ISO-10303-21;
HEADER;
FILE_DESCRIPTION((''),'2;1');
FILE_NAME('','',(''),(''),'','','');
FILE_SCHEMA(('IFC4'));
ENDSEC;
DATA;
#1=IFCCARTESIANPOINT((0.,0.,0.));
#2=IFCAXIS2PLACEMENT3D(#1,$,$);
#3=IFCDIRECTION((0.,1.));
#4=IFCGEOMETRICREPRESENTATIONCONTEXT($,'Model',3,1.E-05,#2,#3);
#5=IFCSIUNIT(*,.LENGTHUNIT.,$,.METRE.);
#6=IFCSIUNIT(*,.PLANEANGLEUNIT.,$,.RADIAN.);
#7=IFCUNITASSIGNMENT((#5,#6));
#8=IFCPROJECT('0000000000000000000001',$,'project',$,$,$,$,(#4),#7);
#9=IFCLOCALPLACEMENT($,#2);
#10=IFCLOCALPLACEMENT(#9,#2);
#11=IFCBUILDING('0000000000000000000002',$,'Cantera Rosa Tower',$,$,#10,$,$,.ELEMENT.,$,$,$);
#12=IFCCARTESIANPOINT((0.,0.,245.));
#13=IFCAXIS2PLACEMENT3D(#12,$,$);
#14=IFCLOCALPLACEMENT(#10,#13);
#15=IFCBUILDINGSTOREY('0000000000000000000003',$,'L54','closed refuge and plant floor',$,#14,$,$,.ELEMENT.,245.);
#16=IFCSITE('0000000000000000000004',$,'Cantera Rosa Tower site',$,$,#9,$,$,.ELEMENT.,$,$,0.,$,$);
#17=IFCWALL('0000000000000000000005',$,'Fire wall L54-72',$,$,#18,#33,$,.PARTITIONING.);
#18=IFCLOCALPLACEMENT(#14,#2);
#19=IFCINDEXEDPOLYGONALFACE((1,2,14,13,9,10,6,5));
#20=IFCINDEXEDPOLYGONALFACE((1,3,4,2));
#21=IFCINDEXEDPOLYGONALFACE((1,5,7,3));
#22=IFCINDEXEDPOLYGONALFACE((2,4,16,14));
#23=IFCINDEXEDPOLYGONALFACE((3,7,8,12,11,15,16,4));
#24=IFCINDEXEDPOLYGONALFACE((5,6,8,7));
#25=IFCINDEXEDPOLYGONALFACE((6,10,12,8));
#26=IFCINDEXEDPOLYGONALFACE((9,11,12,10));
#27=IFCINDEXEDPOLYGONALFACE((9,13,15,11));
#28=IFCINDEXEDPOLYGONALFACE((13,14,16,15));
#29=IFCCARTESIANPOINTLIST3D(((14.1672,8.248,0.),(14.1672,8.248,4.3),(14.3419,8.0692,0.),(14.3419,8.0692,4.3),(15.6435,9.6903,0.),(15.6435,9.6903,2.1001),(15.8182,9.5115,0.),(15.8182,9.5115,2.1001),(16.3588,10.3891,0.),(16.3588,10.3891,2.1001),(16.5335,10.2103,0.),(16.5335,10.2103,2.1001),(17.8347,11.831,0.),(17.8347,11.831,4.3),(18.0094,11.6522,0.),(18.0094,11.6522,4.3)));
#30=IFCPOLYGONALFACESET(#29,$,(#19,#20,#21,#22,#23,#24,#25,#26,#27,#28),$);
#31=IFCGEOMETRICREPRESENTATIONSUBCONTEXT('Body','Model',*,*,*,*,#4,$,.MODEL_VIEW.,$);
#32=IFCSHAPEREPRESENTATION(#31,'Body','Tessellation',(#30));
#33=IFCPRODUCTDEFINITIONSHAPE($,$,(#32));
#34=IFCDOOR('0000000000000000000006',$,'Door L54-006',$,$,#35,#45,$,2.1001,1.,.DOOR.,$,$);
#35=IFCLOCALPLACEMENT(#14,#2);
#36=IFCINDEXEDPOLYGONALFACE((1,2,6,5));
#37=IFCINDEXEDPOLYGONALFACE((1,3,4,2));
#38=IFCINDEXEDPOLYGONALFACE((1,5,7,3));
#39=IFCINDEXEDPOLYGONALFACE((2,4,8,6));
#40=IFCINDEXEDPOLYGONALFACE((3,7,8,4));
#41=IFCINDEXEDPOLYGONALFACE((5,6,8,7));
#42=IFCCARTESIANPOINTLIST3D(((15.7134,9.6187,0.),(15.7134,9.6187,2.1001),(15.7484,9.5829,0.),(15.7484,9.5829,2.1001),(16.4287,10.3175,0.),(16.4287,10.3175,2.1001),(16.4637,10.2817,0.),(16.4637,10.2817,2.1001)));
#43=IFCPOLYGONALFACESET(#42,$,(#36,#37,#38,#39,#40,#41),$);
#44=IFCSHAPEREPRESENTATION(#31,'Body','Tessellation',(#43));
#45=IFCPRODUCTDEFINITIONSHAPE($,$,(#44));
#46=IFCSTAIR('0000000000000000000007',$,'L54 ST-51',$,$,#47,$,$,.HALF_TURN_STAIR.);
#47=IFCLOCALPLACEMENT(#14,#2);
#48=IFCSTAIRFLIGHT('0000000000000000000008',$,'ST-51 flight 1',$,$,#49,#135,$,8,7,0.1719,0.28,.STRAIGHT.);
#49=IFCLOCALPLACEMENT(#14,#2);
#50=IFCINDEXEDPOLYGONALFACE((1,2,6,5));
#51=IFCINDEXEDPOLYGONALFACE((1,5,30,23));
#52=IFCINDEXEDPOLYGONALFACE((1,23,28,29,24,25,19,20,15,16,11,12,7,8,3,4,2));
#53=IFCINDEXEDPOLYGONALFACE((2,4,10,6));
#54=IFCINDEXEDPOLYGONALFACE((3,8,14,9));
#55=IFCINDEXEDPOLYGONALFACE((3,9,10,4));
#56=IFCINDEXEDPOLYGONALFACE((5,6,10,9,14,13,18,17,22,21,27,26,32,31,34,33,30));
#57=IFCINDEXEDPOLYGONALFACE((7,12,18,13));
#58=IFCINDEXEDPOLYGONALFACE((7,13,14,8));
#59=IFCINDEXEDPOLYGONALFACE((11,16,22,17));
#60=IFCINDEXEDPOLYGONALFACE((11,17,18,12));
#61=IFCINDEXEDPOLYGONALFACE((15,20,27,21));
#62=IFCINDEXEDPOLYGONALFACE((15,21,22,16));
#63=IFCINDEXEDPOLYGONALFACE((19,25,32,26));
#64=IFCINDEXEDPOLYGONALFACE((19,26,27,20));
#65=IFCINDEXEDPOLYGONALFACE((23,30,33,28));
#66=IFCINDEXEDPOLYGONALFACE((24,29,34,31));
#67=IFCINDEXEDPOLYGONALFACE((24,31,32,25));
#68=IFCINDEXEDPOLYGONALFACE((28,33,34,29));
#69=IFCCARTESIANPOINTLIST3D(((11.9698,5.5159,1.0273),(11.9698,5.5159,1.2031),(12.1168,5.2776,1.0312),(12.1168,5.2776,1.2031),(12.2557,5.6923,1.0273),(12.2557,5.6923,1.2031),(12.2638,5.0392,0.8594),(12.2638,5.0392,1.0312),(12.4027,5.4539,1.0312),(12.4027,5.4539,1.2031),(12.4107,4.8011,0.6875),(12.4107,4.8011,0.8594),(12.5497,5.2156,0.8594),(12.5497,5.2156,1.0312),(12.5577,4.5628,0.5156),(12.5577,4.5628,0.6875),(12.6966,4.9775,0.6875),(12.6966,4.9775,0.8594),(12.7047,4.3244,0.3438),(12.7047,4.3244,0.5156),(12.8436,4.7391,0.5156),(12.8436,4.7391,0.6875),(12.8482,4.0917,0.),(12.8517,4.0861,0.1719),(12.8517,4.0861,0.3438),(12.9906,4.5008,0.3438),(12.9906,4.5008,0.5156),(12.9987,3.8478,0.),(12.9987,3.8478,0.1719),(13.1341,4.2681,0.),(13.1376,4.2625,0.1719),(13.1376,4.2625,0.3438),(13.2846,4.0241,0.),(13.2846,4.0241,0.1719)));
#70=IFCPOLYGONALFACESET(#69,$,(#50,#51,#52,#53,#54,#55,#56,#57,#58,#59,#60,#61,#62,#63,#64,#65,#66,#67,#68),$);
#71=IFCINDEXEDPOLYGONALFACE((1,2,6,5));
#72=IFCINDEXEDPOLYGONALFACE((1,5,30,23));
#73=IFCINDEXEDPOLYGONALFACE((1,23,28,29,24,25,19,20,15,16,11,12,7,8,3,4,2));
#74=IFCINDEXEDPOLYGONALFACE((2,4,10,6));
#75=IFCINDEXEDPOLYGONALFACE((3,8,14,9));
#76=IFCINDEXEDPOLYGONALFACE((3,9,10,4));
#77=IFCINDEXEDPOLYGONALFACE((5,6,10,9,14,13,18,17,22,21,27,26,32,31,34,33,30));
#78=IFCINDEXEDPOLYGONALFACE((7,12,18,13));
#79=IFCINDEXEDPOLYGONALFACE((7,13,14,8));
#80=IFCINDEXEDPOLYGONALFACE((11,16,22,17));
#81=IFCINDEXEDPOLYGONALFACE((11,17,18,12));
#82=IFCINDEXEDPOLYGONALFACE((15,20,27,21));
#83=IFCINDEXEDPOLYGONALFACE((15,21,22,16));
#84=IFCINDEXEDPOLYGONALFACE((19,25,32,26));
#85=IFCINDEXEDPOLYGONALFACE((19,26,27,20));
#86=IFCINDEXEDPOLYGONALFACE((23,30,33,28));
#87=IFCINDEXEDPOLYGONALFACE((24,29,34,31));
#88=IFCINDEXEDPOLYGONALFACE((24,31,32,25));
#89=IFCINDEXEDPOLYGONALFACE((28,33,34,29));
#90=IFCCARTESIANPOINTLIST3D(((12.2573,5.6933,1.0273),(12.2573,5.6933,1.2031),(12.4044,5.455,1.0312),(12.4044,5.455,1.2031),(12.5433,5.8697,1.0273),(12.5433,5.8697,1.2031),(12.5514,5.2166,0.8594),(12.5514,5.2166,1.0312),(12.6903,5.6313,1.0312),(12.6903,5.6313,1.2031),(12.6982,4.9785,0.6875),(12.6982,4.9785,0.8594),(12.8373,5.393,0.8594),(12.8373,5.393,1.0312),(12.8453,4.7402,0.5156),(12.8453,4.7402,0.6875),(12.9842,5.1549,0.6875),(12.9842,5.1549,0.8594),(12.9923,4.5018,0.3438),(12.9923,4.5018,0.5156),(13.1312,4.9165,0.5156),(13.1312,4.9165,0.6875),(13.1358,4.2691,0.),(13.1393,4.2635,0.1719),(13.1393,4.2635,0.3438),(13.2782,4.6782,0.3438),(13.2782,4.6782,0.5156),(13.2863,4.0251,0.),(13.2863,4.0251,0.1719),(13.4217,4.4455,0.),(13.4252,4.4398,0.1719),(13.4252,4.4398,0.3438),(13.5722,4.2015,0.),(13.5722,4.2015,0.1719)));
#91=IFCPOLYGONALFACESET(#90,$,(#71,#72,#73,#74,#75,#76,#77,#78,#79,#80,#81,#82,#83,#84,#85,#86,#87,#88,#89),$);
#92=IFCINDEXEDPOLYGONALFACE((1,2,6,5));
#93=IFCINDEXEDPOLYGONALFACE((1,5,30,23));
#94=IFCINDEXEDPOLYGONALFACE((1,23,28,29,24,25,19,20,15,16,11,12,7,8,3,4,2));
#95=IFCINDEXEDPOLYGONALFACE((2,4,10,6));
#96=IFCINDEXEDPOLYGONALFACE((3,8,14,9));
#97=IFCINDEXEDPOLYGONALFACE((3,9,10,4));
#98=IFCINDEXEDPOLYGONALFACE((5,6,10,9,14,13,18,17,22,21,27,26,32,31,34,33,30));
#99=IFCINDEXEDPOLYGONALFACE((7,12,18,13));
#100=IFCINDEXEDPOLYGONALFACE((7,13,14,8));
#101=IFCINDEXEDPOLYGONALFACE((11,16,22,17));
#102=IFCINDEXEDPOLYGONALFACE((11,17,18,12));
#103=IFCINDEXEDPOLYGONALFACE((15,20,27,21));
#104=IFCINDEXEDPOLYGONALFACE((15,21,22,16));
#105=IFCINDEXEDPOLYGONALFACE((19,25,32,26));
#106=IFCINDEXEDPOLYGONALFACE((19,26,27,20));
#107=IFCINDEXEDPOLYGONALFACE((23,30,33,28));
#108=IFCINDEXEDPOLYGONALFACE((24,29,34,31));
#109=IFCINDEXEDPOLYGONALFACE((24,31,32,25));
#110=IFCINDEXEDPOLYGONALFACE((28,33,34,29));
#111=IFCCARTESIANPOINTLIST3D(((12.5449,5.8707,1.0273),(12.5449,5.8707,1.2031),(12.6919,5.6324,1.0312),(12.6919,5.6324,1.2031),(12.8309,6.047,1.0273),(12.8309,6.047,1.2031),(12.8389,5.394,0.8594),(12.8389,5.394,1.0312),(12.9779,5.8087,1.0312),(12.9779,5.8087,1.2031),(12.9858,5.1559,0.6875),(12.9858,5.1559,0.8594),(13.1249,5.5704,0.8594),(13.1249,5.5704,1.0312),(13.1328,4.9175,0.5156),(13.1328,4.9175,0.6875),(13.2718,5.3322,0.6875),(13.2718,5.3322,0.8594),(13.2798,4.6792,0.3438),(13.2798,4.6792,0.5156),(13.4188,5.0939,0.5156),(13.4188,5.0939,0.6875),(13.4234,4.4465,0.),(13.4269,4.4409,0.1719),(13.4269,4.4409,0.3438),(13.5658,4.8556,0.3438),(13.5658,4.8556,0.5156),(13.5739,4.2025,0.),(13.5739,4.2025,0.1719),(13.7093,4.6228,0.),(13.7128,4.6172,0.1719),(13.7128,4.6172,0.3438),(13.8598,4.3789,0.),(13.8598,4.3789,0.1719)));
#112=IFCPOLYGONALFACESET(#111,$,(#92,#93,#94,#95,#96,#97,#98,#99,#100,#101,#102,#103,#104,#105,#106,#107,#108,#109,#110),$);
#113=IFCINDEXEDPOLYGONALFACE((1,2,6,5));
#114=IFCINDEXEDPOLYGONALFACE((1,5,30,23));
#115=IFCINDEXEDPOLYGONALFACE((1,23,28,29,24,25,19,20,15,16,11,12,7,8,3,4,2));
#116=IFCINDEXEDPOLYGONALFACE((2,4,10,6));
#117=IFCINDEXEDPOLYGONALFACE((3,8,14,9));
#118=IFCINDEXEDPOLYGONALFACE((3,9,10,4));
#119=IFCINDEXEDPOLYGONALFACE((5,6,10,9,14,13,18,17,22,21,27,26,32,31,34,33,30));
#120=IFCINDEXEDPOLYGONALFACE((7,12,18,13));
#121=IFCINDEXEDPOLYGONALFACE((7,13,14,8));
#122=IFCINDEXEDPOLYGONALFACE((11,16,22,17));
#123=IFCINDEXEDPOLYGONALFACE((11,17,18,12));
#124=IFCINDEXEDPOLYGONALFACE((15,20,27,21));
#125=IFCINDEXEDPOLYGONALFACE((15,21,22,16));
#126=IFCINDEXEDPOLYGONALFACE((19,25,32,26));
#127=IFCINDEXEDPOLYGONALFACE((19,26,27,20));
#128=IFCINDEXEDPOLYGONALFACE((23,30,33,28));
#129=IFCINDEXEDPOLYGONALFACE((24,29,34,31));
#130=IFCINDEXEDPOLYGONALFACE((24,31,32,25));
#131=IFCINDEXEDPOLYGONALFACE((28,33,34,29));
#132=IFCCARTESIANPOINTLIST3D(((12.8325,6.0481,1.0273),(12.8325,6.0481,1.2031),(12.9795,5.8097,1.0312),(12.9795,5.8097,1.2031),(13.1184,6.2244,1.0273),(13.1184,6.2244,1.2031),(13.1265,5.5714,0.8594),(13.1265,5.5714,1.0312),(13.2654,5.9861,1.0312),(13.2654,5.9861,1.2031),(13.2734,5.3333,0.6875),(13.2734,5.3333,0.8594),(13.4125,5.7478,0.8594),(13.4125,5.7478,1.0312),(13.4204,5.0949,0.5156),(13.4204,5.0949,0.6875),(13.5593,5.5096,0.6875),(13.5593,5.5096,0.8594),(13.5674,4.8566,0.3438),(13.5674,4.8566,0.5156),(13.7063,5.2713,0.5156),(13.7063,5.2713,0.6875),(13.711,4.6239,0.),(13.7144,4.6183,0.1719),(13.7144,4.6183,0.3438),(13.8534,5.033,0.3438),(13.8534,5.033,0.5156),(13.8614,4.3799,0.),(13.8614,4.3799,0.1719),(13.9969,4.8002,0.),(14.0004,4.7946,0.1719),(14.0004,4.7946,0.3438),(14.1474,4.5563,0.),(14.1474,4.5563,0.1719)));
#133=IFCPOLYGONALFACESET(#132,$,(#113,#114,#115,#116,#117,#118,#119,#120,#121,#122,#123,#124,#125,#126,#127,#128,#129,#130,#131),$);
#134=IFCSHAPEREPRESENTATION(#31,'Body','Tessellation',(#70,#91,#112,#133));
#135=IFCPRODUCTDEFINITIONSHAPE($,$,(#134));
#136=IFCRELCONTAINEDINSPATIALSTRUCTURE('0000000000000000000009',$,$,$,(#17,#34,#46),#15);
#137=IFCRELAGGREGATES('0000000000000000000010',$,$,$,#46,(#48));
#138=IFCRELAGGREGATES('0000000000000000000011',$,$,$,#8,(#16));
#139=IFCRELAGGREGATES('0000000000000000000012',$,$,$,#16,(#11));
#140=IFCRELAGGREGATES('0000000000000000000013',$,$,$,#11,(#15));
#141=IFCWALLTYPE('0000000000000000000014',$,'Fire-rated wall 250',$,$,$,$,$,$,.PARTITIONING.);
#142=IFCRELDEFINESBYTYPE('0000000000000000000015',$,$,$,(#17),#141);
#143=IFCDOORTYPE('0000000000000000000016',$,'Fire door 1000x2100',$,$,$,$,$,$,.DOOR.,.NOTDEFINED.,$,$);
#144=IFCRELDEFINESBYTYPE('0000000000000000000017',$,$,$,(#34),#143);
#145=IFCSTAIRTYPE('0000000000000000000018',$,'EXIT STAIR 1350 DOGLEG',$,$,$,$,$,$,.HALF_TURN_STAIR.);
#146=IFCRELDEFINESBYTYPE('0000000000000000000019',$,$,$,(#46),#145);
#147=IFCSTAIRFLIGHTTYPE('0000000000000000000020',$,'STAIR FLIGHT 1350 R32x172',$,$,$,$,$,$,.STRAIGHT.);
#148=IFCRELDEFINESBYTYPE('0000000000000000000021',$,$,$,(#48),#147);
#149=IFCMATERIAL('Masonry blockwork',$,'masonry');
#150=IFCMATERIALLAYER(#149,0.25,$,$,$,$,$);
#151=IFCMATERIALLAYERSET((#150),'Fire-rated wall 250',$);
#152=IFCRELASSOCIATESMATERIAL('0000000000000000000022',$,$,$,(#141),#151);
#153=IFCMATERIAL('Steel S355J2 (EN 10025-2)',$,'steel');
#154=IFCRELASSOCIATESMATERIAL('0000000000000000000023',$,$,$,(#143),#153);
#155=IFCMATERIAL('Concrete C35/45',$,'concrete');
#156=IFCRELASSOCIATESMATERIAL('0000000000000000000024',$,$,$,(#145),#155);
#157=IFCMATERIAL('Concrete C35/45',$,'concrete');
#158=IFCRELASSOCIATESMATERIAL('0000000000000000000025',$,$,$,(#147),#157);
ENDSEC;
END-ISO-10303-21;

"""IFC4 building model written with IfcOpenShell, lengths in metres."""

from ifc_helpers import new_model, si_unit, direction, frame, frame_2d, origin, place, context, subcontext, project, spatial, polyline, rectangle, outline, extrude, material, layer, layer_set, type_object, element, fill, aggregate, save


model = new_model("IFC4")

# Units and contexts
model_context = context("Model", 3, precision=1e-05, world=origin(), true_north=direction((0.0, 1.0)))
body_context = subcontext(model_context, "Body", "Model", "MODEL_VIEW")
ifc_project = project(units=[si_unit("LENGTHUNIT", "METRE"), si_unit("PLANEANGLEUNIT", "RADIAN")], contexts=[model_context])

# Site, building, storey
site_placement = place(None, origin())
site = spatial("IfcSite", under=ifc_project, at=site_placement, Name="Cantera Rosa Tower site", CompositionType="ELEMENT", RefElevation=0.0)
building_placement = place(site_placement, origin())
building = spatial("IfcBuilding", under=site, at=building_placement, Name="Cantera Rosa Tower", CompositionType="ELEMENT")
storey_placement = place(building_placement, frame((0.0, 0.0, 245.0)))
storey = spatial("IfcBuildingStorey", under=building, at=storey_placement, Name="L54", Description="closed refuge and plant floor", CompositionType="ELEMENT", Elevation=245.0)

# Shared definitions
ifc_material_1 = material(Name="Masonry blockwork", Category="masonry")
ifc_layer = layer(ifc_material_1, 0.25)
ifc_layer_set = layer_set([ifc_layer], Name="Fire-rated wall 250")
wall_type = type_object("IfcWallType", Name="Fire-rated wall 250", PredefinedType="PARTITIONING", material=ifc_layer_set)

# Shared definitions
ifc_material_2 = material(Name="Steel S355J2 (EN 10025-2)", Category="steel")
door_type = type_object("IfcDoorType", Name="Fire door 1000x2100", OperationType="NOTDEFINED", PredefinedType="DOOR", material=ifc_material_2)

# Wall, opening, door
wall_1_placement = place(storey_placement, frame((14.2546, 8.1587, 0.0), z_axis=(0.0, 0.0, 1.0), x_axis=(0.715296, 0.698821, 0.0)))
wall_1 = element("IfcWall", 1, at=wall_1_placement, inside=storey, type_object=wall_type, Name="Fire wall L54-72", PredefinedType="PARTITIONING", context=body_context, shape_type="SweptSolid", body=[
    extrude(rectangle(XDim=5.1272, YDim=0.25, at=frame_2d((2.5635, 0.0))), origin(), (0.0, 0.0, 1.0), 4.3),
])
opening_1_placement = place(wall_1_placement, frame((2.0637, 0.0, 0.0)))
opening_1 = element("IfcOpeningElement", 2, at=opening_1_placement, cuts=wall_1, PredefinedType="OPENING", context=body_context, shape_type="SweptSolid", body=[
    extrude(rectangle(XDim=1.0, YDim=2.1001, at=frame_2d((0.5, 1.05))), frame((0.0, 0.135, 0.0), z_axis=(0.0, -1.0, 0.0), x_axis=(1.0, 0.0, 0.0)), (0.0, 0.0, 1.0), 0.27),
])
door_1_placement = place(opening_1_placement, origin())
door_1 = element("IfcDoor", 3, at=door_1_placement, inside=storey, type_object=door_type, Name="Door L54-006", OverallHeight=2.1001, OverallWidth=1.0, PredefinedType="DOOR", context=body_context, shape_type="SweptSolid", body=[
    extrude(rectangle(XDim=1.0, YDim=2.1001, at=frame_2d((0.5, 1.05))), frame((0.0, 0.0249, 0.0), z_axis=(0.0, -1.0, 0.0), x_axis=(1.0, 0.0, 0.0)), (0.0, 0.0, 1.0), 0.05),
])
fill(opening_1, door_1)

# Stair, stair flight
ifc_material_3 = material(Name="Concrete C35/45", Category="concrete")
stair_type = type_object("IfcStairType", Name="EXIT STAIR 1350 DOGLEG", PredefinedType="HALF_TURN_STAIR", material=ifc_material_3)
stair_placement = place(storey_placement, origin())
stair = element("IfcStair", 4, at=stair_placement, inside=storey, type_object=stair_type, Name="L54 ST-51", PredefinedType="HALF_TURN_STAIR")
ifc_material_4 = material(Name="Concrete C35/45", Category="concrete")
stair_flight_type = type_object("IfcStairFlightType", Name="STAIR FLIGHT 1350 R32x172", PredefinedType="STRAIGHT", material=ifc_material_4)
stair_flight_1_placement = place(storey_placement, frame((13.5732, 4.2021, 0.0), z_axis=(0.0, 0.0, 1.0), x_axis=(-0.524977, 0.851117, 0.0)))
stair_flight_1 = element("IfcStairFlight", 5, at=stair_flight_1_placement, type_object=stair_flight_type, Name="ST-51 flight 1", NumberOfRisers=8, NumberOfTreads=7, PredefinedType="STRAIGHT", RiserHeight=0.1719, TreadLength=0.28, context=body_context, shape_type="SweptSolid", body=[
    extrude(outline(polyline([(0.0, 0.0), (0.0, 0.1719), (0.28, 0.1719), (0.28, 0.3438), (0.5601, 0.3438), (0.5601, 0.5156), (0.8401, 0.5156), (0.8401, 0.6875), (1.1201, 0.6875), (1.1201, 0.8594), (1.3999, 0.8594), (1.3999, 1.0312), (1.6799, 1.0312), (1.6799, 1.2031), (1.96, 1.2031), (1.96, 1.375), (1.96, 1.0273), (0.2866, 0.0), (0.0, 0.0)])), frame((0.0, 0.675, 0.0), z_axis=(0.0, -1.0, 0.0), x_axis=(1.0, 0.0, 0.0)), (0.0, 0.0, 1.0), 0.3359),
    extrude(outline(polyline([(0.0, 0.0), (0.0, 0.1719), (0.28, 0.1719), (0.28, 0.3438), (0.5601, 0.3438), (0.5601, 0.5156), (0.8401, 0.5156), (0.8401, 0.6875), (1.1201, 0.6875), (1.1201, 0.8594), (1.3999, 0.8594), (1.3999, 1.0312), (1.6799, 1.0312), (1.6799, 1.2031), (1.96, 1.2031), (1.96, 1.375), (1.96, 1.0273), (0.2866, 0.0), (0.0, 0.0)])), frame((0.0, 0.3372, 0.0), z_axis=(0.0, -1.0, 0.0), x_axis=(1.0, 0.0, 0.0)), (0.0, 0.0, 1.0), 0.3359),
    extrude(outline(polyline([(0.0, 0.0), (0.0, 0.1719), (0.28, 0.1719), (0.28, 0.3438), (0.5601, 0.3438), (0.5601, 0.5156), (0.8401, 0.5156), (0.8401, 0.6875), (1.1201, 0.6875), (1.1201, 0.8594), (1.3999, 0.8594), (1.3999, 1.0312), (1.6799, 1.0312), (1.6799, 1.2031), (1.96, 1.2031), (1.96, 1.375), (1.96, 1.0273), (0.2866, 0.0), (0.0, 0.0)])), frame((0.0, -0.0007, 0.0), z_axis=(0.0, -1.0, 0.0), x_axis=(1.0, 0.0, 0.0)), (0.0, 0.0, 1.0), 0.3359),
    extrude(outline(polyline([(0.0, 0.0), (0.0, 0.1719), (0.28, 0.1719), (0.28, 0.3438), (0.5601, 0.3438), (0.5601, 0.5156), (0.8401, 0.5156), (0.8401, 0.6875), (1.1201, 0.6875), (1.1201, 0.8594), (1.3999, 0.8594), (1.3999, 1.0312), (1.6799, 1.0312), (1.6799, 1.2031), (1.96, 1.2031), (1.96, 1.375), (1.96, 1.0273), (0.2866, 0.0), (0.0, 0.0)])), frame((0.0, -0.3386, 0.0), z_axis=(0.0, -1.0, 0.0), x_axis=(1.0, 0.0, 0.0)), (0.0, 0.0, 1.0), 0.3359),
])
aggregate(stair, [stair_flight_1])

save(model, "model.ifc")
